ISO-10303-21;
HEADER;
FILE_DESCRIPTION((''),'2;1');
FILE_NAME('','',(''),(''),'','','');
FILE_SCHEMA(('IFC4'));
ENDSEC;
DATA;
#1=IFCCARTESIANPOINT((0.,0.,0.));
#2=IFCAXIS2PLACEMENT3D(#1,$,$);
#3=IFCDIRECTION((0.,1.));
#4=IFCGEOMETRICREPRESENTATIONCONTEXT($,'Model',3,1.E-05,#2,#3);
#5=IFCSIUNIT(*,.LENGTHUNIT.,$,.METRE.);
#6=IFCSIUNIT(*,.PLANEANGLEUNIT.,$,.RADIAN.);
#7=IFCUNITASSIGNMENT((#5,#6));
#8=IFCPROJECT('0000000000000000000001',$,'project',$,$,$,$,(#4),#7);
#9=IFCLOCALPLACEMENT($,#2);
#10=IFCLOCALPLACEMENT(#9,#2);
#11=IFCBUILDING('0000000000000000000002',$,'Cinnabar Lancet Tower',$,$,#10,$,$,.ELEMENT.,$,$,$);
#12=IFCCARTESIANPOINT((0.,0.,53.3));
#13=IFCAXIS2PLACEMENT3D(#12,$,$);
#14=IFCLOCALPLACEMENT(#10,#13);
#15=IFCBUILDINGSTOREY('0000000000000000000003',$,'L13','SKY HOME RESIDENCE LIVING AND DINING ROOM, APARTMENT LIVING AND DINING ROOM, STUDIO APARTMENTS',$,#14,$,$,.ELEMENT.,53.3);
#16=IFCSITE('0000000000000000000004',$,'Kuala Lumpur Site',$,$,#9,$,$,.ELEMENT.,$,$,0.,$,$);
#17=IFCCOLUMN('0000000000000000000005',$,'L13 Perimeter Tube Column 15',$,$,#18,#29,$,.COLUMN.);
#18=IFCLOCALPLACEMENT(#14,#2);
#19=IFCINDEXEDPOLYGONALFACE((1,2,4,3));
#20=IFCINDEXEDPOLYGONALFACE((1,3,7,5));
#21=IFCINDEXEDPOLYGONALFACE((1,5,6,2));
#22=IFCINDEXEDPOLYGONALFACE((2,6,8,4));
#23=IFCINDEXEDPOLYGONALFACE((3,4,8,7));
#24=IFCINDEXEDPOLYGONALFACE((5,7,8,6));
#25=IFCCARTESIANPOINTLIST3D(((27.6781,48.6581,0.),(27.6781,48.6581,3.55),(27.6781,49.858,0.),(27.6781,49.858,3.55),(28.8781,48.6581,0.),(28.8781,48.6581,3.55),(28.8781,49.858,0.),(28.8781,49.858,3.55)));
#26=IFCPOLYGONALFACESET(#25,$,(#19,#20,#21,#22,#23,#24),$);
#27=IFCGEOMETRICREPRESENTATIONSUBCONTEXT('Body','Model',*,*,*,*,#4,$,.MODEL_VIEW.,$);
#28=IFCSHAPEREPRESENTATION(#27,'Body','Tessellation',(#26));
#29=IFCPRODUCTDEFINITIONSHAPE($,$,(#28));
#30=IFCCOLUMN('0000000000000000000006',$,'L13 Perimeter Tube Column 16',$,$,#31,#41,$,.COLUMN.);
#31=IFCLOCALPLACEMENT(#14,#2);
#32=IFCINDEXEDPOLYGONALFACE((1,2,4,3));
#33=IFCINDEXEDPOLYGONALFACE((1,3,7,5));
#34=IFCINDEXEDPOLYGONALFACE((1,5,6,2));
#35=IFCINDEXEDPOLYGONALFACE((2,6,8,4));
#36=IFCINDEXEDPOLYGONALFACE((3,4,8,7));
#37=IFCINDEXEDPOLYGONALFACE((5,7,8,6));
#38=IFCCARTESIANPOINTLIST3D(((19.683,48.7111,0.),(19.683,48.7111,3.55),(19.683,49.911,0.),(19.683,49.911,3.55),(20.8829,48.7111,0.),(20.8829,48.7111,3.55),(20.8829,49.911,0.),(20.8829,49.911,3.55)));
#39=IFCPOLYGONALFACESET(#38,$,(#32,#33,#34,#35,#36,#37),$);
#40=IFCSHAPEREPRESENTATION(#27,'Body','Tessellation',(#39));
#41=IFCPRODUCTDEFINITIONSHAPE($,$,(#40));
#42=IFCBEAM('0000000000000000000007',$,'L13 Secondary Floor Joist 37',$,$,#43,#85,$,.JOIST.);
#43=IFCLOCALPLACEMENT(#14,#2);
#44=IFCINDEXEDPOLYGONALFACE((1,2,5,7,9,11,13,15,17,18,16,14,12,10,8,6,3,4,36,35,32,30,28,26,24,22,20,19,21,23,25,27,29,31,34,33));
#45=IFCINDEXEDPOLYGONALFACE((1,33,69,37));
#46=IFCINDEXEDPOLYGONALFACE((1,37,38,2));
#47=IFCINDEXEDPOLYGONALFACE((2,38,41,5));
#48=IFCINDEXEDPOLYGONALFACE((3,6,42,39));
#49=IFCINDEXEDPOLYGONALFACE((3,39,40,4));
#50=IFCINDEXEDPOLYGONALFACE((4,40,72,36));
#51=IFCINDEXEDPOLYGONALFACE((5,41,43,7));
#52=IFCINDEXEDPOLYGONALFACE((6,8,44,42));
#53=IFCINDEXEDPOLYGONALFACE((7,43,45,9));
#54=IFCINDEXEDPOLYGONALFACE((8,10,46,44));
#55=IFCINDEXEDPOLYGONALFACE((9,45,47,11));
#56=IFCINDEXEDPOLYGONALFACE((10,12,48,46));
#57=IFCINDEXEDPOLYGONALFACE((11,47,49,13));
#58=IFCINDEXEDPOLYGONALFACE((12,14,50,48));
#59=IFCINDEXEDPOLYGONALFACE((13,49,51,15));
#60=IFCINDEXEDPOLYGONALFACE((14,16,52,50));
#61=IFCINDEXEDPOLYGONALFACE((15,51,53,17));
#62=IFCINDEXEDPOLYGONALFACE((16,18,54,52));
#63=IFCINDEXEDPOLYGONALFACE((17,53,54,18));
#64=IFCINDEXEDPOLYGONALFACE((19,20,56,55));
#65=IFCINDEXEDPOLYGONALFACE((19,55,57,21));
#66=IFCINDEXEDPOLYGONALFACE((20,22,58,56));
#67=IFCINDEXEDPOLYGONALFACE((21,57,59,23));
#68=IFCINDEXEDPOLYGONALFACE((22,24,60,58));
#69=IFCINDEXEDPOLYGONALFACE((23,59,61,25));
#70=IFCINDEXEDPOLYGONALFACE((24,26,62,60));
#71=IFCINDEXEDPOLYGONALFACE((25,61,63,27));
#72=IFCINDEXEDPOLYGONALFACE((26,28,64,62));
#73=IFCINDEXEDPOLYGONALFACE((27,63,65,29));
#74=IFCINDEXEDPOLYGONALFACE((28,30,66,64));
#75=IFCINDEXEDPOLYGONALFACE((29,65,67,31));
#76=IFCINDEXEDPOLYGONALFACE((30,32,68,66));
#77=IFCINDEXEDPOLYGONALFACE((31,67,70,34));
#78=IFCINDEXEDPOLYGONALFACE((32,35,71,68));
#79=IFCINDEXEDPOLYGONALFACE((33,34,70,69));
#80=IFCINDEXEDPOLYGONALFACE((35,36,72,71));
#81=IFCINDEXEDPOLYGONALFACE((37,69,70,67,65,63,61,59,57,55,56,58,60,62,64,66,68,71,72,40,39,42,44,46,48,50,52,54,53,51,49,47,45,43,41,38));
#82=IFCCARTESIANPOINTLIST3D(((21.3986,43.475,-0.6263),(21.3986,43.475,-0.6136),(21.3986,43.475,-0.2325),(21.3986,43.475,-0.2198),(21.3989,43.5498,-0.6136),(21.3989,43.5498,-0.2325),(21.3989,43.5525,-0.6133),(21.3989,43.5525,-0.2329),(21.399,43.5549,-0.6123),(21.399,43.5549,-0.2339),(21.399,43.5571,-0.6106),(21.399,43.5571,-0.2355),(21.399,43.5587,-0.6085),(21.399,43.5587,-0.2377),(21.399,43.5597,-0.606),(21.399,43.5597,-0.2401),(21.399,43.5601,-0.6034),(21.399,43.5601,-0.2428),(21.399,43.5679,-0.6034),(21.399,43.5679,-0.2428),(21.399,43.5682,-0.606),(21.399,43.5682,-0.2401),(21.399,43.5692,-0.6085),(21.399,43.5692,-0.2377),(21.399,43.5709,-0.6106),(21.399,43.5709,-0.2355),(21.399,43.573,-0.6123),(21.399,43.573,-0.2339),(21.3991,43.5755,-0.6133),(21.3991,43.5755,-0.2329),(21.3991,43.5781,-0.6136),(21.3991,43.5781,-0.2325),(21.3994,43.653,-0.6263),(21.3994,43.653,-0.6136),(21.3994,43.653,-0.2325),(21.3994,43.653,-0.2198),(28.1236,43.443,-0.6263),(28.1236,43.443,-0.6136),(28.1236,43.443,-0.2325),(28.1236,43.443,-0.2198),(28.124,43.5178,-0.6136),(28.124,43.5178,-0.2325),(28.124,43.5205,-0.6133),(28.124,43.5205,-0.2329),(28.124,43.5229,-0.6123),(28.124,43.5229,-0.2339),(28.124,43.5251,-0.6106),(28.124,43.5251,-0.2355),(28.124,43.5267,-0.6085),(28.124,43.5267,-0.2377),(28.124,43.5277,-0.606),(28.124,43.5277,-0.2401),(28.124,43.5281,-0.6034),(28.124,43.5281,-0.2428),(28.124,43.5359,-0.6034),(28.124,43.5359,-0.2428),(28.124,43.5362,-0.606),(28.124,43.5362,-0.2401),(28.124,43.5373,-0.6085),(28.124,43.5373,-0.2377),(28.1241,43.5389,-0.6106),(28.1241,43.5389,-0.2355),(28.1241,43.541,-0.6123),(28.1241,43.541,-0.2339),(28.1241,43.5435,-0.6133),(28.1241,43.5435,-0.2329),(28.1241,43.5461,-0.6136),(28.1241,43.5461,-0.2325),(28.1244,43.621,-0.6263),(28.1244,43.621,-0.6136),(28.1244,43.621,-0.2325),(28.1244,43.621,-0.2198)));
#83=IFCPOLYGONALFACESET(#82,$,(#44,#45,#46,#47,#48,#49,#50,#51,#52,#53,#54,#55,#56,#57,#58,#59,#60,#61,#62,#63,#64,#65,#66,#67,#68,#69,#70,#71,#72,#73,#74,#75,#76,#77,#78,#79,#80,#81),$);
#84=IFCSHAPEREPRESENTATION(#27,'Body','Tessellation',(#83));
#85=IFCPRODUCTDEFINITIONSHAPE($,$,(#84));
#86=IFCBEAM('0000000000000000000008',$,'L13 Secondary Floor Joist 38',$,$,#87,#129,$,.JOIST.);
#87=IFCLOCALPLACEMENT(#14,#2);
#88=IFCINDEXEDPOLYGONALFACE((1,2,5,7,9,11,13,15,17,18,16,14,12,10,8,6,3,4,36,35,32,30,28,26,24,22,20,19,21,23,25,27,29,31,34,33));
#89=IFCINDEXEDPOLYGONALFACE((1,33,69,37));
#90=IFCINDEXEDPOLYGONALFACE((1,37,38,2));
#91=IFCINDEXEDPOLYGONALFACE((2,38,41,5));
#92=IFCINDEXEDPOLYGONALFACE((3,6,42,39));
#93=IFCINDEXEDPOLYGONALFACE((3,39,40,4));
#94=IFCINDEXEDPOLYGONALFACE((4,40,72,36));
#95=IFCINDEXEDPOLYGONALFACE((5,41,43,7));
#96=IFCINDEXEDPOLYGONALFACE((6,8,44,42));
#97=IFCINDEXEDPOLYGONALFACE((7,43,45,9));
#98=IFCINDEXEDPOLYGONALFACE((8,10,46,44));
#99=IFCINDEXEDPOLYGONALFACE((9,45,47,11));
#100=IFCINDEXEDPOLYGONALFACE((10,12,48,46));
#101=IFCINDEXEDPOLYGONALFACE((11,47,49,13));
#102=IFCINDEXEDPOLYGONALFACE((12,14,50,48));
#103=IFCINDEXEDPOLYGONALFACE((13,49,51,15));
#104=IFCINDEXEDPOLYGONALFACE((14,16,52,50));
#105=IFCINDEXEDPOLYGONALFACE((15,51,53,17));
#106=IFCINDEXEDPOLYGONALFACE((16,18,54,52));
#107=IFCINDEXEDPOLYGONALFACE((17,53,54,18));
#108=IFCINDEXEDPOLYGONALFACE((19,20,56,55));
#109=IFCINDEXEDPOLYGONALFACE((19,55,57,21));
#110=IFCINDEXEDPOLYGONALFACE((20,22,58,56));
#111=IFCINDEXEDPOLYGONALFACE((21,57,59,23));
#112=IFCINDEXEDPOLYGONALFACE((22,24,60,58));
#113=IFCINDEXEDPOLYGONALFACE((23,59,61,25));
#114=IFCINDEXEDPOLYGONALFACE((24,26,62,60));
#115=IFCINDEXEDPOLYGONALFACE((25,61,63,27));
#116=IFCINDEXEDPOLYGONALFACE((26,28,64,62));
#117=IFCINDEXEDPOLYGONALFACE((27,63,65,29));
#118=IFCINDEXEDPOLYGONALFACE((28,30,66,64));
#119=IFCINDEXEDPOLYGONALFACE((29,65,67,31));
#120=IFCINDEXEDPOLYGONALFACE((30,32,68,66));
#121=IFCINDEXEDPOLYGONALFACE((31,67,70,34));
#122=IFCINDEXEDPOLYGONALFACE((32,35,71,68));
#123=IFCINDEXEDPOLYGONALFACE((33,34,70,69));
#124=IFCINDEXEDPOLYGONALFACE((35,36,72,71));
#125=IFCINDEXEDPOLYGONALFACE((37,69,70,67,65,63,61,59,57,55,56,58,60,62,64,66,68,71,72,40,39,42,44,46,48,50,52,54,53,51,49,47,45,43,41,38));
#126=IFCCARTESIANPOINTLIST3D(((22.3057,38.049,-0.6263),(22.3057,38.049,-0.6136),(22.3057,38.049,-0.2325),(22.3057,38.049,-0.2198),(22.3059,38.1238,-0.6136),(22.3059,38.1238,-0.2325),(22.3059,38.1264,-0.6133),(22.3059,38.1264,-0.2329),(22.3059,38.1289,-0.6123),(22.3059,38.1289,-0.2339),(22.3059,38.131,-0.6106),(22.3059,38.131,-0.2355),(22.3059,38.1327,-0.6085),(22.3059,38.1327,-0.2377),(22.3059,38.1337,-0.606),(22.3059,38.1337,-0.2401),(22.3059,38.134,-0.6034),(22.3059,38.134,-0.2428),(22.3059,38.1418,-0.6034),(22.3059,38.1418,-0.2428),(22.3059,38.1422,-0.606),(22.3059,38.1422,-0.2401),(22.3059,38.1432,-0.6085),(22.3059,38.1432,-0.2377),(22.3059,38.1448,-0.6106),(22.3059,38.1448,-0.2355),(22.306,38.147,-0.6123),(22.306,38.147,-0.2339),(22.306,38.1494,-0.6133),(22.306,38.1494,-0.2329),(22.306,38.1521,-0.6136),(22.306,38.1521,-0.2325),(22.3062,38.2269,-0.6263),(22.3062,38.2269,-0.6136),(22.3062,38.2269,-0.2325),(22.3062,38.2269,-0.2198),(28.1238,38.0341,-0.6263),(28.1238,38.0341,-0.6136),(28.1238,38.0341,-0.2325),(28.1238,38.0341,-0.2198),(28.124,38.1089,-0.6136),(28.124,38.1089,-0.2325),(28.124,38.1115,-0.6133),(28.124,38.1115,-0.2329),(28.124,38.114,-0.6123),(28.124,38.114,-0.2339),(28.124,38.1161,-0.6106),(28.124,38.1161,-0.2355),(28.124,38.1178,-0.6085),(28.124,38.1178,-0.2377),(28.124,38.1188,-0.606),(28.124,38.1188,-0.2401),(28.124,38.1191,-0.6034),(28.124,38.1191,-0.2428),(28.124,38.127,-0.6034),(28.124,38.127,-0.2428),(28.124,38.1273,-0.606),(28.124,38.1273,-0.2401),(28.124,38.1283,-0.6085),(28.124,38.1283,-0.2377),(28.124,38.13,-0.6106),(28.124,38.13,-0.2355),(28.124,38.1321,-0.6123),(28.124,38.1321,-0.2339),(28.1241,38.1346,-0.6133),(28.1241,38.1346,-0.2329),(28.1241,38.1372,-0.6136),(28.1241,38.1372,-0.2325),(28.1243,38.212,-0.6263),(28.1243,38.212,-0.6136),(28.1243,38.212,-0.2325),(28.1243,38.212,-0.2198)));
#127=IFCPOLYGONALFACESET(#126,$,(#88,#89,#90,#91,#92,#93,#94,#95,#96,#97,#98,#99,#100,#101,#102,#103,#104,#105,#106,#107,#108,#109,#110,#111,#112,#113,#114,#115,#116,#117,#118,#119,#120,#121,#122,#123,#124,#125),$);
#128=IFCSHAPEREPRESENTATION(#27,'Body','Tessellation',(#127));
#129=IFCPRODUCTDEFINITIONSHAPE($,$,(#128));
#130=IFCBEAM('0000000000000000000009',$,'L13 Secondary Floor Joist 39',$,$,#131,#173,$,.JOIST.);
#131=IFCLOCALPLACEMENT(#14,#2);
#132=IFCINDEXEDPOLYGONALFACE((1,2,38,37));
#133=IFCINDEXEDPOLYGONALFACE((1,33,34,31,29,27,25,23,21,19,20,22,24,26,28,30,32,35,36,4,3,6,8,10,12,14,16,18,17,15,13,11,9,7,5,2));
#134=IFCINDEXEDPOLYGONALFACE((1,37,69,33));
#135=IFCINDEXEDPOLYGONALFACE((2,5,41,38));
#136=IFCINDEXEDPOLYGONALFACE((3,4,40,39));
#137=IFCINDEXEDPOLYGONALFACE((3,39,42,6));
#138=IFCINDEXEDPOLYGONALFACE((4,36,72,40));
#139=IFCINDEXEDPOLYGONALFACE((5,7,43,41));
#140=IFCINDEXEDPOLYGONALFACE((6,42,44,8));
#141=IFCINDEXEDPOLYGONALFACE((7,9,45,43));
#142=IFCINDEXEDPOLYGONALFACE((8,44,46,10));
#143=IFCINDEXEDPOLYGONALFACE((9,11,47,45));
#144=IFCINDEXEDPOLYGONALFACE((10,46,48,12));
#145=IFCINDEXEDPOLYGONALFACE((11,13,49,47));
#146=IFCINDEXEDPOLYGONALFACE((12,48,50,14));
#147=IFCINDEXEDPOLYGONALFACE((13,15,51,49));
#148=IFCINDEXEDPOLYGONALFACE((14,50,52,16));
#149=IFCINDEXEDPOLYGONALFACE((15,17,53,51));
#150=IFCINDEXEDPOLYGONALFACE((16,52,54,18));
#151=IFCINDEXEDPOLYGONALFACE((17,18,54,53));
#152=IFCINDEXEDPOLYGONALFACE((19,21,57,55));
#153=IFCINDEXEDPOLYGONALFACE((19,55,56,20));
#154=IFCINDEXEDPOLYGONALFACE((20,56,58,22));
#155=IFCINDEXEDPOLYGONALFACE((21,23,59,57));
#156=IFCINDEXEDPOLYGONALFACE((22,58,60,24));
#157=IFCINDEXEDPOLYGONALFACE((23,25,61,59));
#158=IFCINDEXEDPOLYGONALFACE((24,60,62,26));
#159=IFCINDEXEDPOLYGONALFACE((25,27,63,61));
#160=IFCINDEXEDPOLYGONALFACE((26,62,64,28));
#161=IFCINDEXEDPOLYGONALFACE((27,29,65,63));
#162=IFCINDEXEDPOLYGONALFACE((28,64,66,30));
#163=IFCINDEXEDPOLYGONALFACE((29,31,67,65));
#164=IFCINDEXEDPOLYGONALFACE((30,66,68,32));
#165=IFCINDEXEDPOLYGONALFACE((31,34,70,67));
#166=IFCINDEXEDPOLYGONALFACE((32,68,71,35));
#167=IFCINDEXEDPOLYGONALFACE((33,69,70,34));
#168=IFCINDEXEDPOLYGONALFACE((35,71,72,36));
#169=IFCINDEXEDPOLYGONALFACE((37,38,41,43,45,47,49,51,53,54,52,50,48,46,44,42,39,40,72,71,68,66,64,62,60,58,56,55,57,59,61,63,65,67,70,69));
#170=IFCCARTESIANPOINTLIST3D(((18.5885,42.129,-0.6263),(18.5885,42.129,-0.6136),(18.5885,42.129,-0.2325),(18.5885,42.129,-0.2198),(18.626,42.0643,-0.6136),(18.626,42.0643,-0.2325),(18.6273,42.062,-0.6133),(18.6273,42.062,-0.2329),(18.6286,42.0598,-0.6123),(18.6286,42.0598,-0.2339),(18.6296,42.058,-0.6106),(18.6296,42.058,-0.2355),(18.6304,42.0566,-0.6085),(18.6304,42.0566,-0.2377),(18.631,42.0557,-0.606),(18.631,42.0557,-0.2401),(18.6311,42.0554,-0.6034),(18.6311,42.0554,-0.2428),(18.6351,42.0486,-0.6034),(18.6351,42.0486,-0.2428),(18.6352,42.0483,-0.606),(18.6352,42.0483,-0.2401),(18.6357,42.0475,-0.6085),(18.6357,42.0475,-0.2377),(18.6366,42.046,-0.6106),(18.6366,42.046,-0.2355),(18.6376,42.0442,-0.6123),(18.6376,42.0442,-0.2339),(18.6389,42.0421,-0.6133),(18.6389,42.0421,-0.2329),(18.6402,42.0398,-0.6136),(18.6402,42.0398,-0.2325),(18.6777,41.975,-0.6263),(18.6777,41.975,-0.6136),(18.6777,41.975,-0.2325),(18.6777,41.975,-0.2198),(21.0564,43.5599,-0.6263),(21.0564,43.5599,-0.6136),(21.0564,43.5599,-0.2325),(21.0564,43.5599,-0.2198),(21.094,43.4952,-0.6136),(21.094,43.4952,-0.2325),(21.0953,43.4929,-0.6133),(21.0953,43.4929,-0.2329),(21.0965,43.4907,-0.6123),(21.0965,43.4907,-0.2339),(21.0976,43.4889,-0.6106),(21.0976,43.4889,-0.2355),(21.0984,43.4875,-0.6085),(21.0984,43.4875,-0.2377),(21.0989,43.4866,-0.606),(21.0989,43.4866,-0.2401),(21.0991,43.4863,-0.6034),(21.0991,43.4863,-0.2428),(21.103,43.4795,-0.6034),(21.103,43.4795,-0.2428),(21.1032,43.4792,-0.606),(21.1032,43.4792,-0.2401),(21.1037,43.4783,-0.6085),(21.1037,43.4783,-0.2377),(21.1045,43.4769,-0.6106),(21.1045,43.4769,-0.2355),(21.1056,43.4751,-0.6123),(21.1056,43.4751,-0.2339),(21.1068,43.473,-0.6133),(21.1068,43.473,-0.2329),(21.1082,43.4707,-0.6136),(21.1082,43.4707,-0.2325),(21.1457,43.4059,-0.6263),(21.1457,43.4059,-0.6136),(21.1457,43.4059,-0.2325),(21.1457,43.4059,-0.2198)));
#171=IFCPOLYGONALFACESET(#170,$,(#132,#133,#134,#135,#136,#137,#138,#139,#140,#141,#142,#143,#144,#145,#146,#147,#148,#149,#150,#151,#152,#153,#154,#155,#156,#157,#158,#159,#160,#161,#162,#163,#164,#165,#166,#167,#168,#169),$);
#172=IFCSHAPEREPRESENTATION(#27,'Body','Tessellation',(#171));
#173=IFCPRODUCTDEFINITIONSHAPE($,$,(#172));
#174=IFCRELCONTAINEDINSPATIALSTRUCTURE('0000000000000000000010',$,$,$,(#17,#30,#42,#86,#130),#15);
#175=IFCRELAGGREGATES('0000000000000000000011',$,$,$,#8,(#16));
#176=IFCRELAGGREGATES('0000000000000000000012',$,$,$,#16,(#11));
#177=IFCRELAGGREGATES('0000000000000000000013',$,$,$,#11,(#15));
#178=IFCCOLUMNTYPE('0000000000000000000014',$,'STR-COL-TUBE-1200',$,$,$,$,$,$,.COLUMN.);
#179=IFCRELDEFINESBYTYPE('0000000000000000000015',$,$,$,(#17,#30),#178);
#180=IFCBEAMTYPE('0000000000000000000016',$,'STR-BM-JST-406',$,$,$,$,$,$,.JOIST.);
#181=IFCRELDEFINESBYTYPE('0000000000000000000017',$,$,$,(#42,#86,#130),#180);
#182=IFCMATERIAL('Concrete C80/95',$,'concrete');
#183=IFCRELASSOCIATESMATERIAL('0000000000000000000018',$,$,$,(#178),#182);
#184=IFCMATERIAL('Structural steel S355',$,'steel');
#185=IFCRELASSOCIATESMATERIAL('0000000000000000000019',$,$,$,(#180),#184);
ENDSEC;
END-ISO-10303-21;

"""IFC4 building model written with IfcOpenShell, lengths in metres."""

from ifc_helpers import new_model, si_unit, direction, frame, origin, origin_2d, place, context, subcontext, project, spatial, rectangle, i_section, extrude, material, material_profile, profile_set, type_object, element, save


model = new_model("IFC4")

# Units and contexts
model_context = context("Model", 3, precision=1e-05, world=origin(), true_north=direction((0.0, 1.0)))
body_context = subcontext(model_context, "Body", "Model", "MODEL_VIEW")
ifc_project = project(units=[si_unit("LENGTHUNIT", "METRE"), si_unit("PLANEANGLEUNIT", "RADIAN")], contexts=[model_context])

# Site, building, storey
site_placement = place(None, origin())
site = spatial("IfcSite", under=ifc_project, at=site_placement, Name="Kuala Lumpur Site", CompositionType="ELEMENT", RefElevation=0.0)
building_placement = place(site_placement, origin())
building = spatial("IfcBuilding", under=site, at=building_placement, Name="Cinnabar Lancet Tower", CompositionType="ELEMENT")
storey_placement = place(building_placement, frame((0.0, 0.0, 53.3)))
storey = spatial("IfcBuildingStorey", under=building, at=storey_placement, Name="L13", Description="SKY HOME RESIDENCE LIVING AND DINING ROOM, APARTMENT LIVING AND DINING ROOM, STUDIO APARTMENTS", CompositionType="ELEMENT", Elevation=53.3)

# Columns
ifc_material_1 = material(Name="Concrete C80/95", Category="concrete")
ifc_material_profile_1 = material_profile(ifc_material_1, rectangle(XDim=1.2, YDim=1.2, at=origin_2d()), Name="RC-COL 1200x1200")
ifc_profile_set_1 = profile_set([ifc_material_profile_1], Name="Concrete C80/95")
column_type = type_object("IfcColumnType", Name="STR-COL-TUBE-1200", PredefinedType="COLUMN", material=ifc_profile_set_1)
for number, where, z_axis, x_axis, name in (
    (1, (28.2781, 49.2581, 0.0), (0.0, 0.0, 1.0), (1.0, 0.0, 0.0), "L13 Perimeter Tube Column 15"),
    (2, (20.283, 49.311, 0.0), (0.0, 0.0, 1.0), (1.0, 0.0, 0.0), "L13 Perimeter Tube Column 16"),
):
    element("IfcColumn", number, at=place(storey_placement, frame(where, z_axis=z_axis, x_axis=x_axis)), inside=storey, type_object=column_type, Name=name, PredefinedType="COLUMN", context=body_context, shape_type="SweptSolid", body=[
        extrude(rectangle(XDim=1.2, YDim=1.2, at=origin_2d()), origin(), (0.0, 0.0, 1.0), 3.55),
    ])

# Beams
ifc_material_2 = material(Name="Structural steel S355", Category="steel")
ifc_material_profile_2 = material_profile(ifc_material_2, i_section(OverallWidth=0.178, OverallDepth=0.4065, WebThickness=0.0078, FlangeThickness=0.0127, FilletRadius=0.0103, at=origin_2d()), Name="UKB 406x178x60")
ifc_profile_set_2 = profile_set([ifc_material_profile_2], Name="Structural steel S355")
beam_type_1 = type_object("IfcBeamType", Name="STR-BM-JST-406", PredefinedType="JOIST", material=ifc_profile_set_2)
beam_1_placement = place(storey_placement, frame((28.124, 43.532, -0.4231), z_axis=(-0.999989, 0.004756, 0.0), x_axis=(-0.004756, -0.999989, 0.0)))
element("IfcBeam", 3, at=beam_1_placement, inside=storey, type_object=beam_type_1, Name="L13 Secondary Floor Joist 37", PredefinedType="JOIST", context=body_context, shape_type="SweptSolid", body=[
    extrude(i_section(OverallWidth=0.178, OverallDepth=0.4065, WebThickness=0.0078, FlangeThickness=0.0127, FilletRadius=0.0103, at=origin_2d()), origin(), (0.0, 0.0, 1.0), 6.7251),
])
beam_2_placement = place(storey_placement, frame((28.124, 38.123, -0.4231), z_axis=(-0.999997, 0.00256, 0.0), x_axis=(-0.00256, -0.999997, 0.0)))
element("IfcBeam", 4, at=beam_2_placement, inside=storey, type_object=beam_type_1, Name="L13 Secondary Floor Joist 38", PredefinedType="JOIST", context=body_context, shape_type="SweptSolid", body=[
    extrude(i_section(OverallWidth=0.178, OverallDepth=0.4065, WebThickness=0.0078, FlangeThickness=0.0127, FilletRadius=0.0103, at=origin_2d()), origin(), (0.0, 0.0, 1.0), 5.8181),
])
beam_3_placement = place(storey_placement, frame((21.1011, 43.4829, -0.4231), z_axis=(-0.865114, -0.501576, 0.0), x_axis=(0.501576, -0.865114, 0.0)))
element("IfcBeam", 5, at=beam_3_placement, inside=storey, type_object=beam_type_1, Name="L13 Secondary Floor Joist 39", PredefinedType="JOIST", context=body_context, shape_type="SweptSolid", body=[
    extrude(i_section(OverallWidth=0.178, OverallDepth=0.4065, WebThickness=0.0078, FlangeThickness=0.0127, FilletRadius=0.0103, at=origin_2d()), origin(), (0.0, 0.0, 1.0), 2.8528),
])

save(model, "model.ifc")
